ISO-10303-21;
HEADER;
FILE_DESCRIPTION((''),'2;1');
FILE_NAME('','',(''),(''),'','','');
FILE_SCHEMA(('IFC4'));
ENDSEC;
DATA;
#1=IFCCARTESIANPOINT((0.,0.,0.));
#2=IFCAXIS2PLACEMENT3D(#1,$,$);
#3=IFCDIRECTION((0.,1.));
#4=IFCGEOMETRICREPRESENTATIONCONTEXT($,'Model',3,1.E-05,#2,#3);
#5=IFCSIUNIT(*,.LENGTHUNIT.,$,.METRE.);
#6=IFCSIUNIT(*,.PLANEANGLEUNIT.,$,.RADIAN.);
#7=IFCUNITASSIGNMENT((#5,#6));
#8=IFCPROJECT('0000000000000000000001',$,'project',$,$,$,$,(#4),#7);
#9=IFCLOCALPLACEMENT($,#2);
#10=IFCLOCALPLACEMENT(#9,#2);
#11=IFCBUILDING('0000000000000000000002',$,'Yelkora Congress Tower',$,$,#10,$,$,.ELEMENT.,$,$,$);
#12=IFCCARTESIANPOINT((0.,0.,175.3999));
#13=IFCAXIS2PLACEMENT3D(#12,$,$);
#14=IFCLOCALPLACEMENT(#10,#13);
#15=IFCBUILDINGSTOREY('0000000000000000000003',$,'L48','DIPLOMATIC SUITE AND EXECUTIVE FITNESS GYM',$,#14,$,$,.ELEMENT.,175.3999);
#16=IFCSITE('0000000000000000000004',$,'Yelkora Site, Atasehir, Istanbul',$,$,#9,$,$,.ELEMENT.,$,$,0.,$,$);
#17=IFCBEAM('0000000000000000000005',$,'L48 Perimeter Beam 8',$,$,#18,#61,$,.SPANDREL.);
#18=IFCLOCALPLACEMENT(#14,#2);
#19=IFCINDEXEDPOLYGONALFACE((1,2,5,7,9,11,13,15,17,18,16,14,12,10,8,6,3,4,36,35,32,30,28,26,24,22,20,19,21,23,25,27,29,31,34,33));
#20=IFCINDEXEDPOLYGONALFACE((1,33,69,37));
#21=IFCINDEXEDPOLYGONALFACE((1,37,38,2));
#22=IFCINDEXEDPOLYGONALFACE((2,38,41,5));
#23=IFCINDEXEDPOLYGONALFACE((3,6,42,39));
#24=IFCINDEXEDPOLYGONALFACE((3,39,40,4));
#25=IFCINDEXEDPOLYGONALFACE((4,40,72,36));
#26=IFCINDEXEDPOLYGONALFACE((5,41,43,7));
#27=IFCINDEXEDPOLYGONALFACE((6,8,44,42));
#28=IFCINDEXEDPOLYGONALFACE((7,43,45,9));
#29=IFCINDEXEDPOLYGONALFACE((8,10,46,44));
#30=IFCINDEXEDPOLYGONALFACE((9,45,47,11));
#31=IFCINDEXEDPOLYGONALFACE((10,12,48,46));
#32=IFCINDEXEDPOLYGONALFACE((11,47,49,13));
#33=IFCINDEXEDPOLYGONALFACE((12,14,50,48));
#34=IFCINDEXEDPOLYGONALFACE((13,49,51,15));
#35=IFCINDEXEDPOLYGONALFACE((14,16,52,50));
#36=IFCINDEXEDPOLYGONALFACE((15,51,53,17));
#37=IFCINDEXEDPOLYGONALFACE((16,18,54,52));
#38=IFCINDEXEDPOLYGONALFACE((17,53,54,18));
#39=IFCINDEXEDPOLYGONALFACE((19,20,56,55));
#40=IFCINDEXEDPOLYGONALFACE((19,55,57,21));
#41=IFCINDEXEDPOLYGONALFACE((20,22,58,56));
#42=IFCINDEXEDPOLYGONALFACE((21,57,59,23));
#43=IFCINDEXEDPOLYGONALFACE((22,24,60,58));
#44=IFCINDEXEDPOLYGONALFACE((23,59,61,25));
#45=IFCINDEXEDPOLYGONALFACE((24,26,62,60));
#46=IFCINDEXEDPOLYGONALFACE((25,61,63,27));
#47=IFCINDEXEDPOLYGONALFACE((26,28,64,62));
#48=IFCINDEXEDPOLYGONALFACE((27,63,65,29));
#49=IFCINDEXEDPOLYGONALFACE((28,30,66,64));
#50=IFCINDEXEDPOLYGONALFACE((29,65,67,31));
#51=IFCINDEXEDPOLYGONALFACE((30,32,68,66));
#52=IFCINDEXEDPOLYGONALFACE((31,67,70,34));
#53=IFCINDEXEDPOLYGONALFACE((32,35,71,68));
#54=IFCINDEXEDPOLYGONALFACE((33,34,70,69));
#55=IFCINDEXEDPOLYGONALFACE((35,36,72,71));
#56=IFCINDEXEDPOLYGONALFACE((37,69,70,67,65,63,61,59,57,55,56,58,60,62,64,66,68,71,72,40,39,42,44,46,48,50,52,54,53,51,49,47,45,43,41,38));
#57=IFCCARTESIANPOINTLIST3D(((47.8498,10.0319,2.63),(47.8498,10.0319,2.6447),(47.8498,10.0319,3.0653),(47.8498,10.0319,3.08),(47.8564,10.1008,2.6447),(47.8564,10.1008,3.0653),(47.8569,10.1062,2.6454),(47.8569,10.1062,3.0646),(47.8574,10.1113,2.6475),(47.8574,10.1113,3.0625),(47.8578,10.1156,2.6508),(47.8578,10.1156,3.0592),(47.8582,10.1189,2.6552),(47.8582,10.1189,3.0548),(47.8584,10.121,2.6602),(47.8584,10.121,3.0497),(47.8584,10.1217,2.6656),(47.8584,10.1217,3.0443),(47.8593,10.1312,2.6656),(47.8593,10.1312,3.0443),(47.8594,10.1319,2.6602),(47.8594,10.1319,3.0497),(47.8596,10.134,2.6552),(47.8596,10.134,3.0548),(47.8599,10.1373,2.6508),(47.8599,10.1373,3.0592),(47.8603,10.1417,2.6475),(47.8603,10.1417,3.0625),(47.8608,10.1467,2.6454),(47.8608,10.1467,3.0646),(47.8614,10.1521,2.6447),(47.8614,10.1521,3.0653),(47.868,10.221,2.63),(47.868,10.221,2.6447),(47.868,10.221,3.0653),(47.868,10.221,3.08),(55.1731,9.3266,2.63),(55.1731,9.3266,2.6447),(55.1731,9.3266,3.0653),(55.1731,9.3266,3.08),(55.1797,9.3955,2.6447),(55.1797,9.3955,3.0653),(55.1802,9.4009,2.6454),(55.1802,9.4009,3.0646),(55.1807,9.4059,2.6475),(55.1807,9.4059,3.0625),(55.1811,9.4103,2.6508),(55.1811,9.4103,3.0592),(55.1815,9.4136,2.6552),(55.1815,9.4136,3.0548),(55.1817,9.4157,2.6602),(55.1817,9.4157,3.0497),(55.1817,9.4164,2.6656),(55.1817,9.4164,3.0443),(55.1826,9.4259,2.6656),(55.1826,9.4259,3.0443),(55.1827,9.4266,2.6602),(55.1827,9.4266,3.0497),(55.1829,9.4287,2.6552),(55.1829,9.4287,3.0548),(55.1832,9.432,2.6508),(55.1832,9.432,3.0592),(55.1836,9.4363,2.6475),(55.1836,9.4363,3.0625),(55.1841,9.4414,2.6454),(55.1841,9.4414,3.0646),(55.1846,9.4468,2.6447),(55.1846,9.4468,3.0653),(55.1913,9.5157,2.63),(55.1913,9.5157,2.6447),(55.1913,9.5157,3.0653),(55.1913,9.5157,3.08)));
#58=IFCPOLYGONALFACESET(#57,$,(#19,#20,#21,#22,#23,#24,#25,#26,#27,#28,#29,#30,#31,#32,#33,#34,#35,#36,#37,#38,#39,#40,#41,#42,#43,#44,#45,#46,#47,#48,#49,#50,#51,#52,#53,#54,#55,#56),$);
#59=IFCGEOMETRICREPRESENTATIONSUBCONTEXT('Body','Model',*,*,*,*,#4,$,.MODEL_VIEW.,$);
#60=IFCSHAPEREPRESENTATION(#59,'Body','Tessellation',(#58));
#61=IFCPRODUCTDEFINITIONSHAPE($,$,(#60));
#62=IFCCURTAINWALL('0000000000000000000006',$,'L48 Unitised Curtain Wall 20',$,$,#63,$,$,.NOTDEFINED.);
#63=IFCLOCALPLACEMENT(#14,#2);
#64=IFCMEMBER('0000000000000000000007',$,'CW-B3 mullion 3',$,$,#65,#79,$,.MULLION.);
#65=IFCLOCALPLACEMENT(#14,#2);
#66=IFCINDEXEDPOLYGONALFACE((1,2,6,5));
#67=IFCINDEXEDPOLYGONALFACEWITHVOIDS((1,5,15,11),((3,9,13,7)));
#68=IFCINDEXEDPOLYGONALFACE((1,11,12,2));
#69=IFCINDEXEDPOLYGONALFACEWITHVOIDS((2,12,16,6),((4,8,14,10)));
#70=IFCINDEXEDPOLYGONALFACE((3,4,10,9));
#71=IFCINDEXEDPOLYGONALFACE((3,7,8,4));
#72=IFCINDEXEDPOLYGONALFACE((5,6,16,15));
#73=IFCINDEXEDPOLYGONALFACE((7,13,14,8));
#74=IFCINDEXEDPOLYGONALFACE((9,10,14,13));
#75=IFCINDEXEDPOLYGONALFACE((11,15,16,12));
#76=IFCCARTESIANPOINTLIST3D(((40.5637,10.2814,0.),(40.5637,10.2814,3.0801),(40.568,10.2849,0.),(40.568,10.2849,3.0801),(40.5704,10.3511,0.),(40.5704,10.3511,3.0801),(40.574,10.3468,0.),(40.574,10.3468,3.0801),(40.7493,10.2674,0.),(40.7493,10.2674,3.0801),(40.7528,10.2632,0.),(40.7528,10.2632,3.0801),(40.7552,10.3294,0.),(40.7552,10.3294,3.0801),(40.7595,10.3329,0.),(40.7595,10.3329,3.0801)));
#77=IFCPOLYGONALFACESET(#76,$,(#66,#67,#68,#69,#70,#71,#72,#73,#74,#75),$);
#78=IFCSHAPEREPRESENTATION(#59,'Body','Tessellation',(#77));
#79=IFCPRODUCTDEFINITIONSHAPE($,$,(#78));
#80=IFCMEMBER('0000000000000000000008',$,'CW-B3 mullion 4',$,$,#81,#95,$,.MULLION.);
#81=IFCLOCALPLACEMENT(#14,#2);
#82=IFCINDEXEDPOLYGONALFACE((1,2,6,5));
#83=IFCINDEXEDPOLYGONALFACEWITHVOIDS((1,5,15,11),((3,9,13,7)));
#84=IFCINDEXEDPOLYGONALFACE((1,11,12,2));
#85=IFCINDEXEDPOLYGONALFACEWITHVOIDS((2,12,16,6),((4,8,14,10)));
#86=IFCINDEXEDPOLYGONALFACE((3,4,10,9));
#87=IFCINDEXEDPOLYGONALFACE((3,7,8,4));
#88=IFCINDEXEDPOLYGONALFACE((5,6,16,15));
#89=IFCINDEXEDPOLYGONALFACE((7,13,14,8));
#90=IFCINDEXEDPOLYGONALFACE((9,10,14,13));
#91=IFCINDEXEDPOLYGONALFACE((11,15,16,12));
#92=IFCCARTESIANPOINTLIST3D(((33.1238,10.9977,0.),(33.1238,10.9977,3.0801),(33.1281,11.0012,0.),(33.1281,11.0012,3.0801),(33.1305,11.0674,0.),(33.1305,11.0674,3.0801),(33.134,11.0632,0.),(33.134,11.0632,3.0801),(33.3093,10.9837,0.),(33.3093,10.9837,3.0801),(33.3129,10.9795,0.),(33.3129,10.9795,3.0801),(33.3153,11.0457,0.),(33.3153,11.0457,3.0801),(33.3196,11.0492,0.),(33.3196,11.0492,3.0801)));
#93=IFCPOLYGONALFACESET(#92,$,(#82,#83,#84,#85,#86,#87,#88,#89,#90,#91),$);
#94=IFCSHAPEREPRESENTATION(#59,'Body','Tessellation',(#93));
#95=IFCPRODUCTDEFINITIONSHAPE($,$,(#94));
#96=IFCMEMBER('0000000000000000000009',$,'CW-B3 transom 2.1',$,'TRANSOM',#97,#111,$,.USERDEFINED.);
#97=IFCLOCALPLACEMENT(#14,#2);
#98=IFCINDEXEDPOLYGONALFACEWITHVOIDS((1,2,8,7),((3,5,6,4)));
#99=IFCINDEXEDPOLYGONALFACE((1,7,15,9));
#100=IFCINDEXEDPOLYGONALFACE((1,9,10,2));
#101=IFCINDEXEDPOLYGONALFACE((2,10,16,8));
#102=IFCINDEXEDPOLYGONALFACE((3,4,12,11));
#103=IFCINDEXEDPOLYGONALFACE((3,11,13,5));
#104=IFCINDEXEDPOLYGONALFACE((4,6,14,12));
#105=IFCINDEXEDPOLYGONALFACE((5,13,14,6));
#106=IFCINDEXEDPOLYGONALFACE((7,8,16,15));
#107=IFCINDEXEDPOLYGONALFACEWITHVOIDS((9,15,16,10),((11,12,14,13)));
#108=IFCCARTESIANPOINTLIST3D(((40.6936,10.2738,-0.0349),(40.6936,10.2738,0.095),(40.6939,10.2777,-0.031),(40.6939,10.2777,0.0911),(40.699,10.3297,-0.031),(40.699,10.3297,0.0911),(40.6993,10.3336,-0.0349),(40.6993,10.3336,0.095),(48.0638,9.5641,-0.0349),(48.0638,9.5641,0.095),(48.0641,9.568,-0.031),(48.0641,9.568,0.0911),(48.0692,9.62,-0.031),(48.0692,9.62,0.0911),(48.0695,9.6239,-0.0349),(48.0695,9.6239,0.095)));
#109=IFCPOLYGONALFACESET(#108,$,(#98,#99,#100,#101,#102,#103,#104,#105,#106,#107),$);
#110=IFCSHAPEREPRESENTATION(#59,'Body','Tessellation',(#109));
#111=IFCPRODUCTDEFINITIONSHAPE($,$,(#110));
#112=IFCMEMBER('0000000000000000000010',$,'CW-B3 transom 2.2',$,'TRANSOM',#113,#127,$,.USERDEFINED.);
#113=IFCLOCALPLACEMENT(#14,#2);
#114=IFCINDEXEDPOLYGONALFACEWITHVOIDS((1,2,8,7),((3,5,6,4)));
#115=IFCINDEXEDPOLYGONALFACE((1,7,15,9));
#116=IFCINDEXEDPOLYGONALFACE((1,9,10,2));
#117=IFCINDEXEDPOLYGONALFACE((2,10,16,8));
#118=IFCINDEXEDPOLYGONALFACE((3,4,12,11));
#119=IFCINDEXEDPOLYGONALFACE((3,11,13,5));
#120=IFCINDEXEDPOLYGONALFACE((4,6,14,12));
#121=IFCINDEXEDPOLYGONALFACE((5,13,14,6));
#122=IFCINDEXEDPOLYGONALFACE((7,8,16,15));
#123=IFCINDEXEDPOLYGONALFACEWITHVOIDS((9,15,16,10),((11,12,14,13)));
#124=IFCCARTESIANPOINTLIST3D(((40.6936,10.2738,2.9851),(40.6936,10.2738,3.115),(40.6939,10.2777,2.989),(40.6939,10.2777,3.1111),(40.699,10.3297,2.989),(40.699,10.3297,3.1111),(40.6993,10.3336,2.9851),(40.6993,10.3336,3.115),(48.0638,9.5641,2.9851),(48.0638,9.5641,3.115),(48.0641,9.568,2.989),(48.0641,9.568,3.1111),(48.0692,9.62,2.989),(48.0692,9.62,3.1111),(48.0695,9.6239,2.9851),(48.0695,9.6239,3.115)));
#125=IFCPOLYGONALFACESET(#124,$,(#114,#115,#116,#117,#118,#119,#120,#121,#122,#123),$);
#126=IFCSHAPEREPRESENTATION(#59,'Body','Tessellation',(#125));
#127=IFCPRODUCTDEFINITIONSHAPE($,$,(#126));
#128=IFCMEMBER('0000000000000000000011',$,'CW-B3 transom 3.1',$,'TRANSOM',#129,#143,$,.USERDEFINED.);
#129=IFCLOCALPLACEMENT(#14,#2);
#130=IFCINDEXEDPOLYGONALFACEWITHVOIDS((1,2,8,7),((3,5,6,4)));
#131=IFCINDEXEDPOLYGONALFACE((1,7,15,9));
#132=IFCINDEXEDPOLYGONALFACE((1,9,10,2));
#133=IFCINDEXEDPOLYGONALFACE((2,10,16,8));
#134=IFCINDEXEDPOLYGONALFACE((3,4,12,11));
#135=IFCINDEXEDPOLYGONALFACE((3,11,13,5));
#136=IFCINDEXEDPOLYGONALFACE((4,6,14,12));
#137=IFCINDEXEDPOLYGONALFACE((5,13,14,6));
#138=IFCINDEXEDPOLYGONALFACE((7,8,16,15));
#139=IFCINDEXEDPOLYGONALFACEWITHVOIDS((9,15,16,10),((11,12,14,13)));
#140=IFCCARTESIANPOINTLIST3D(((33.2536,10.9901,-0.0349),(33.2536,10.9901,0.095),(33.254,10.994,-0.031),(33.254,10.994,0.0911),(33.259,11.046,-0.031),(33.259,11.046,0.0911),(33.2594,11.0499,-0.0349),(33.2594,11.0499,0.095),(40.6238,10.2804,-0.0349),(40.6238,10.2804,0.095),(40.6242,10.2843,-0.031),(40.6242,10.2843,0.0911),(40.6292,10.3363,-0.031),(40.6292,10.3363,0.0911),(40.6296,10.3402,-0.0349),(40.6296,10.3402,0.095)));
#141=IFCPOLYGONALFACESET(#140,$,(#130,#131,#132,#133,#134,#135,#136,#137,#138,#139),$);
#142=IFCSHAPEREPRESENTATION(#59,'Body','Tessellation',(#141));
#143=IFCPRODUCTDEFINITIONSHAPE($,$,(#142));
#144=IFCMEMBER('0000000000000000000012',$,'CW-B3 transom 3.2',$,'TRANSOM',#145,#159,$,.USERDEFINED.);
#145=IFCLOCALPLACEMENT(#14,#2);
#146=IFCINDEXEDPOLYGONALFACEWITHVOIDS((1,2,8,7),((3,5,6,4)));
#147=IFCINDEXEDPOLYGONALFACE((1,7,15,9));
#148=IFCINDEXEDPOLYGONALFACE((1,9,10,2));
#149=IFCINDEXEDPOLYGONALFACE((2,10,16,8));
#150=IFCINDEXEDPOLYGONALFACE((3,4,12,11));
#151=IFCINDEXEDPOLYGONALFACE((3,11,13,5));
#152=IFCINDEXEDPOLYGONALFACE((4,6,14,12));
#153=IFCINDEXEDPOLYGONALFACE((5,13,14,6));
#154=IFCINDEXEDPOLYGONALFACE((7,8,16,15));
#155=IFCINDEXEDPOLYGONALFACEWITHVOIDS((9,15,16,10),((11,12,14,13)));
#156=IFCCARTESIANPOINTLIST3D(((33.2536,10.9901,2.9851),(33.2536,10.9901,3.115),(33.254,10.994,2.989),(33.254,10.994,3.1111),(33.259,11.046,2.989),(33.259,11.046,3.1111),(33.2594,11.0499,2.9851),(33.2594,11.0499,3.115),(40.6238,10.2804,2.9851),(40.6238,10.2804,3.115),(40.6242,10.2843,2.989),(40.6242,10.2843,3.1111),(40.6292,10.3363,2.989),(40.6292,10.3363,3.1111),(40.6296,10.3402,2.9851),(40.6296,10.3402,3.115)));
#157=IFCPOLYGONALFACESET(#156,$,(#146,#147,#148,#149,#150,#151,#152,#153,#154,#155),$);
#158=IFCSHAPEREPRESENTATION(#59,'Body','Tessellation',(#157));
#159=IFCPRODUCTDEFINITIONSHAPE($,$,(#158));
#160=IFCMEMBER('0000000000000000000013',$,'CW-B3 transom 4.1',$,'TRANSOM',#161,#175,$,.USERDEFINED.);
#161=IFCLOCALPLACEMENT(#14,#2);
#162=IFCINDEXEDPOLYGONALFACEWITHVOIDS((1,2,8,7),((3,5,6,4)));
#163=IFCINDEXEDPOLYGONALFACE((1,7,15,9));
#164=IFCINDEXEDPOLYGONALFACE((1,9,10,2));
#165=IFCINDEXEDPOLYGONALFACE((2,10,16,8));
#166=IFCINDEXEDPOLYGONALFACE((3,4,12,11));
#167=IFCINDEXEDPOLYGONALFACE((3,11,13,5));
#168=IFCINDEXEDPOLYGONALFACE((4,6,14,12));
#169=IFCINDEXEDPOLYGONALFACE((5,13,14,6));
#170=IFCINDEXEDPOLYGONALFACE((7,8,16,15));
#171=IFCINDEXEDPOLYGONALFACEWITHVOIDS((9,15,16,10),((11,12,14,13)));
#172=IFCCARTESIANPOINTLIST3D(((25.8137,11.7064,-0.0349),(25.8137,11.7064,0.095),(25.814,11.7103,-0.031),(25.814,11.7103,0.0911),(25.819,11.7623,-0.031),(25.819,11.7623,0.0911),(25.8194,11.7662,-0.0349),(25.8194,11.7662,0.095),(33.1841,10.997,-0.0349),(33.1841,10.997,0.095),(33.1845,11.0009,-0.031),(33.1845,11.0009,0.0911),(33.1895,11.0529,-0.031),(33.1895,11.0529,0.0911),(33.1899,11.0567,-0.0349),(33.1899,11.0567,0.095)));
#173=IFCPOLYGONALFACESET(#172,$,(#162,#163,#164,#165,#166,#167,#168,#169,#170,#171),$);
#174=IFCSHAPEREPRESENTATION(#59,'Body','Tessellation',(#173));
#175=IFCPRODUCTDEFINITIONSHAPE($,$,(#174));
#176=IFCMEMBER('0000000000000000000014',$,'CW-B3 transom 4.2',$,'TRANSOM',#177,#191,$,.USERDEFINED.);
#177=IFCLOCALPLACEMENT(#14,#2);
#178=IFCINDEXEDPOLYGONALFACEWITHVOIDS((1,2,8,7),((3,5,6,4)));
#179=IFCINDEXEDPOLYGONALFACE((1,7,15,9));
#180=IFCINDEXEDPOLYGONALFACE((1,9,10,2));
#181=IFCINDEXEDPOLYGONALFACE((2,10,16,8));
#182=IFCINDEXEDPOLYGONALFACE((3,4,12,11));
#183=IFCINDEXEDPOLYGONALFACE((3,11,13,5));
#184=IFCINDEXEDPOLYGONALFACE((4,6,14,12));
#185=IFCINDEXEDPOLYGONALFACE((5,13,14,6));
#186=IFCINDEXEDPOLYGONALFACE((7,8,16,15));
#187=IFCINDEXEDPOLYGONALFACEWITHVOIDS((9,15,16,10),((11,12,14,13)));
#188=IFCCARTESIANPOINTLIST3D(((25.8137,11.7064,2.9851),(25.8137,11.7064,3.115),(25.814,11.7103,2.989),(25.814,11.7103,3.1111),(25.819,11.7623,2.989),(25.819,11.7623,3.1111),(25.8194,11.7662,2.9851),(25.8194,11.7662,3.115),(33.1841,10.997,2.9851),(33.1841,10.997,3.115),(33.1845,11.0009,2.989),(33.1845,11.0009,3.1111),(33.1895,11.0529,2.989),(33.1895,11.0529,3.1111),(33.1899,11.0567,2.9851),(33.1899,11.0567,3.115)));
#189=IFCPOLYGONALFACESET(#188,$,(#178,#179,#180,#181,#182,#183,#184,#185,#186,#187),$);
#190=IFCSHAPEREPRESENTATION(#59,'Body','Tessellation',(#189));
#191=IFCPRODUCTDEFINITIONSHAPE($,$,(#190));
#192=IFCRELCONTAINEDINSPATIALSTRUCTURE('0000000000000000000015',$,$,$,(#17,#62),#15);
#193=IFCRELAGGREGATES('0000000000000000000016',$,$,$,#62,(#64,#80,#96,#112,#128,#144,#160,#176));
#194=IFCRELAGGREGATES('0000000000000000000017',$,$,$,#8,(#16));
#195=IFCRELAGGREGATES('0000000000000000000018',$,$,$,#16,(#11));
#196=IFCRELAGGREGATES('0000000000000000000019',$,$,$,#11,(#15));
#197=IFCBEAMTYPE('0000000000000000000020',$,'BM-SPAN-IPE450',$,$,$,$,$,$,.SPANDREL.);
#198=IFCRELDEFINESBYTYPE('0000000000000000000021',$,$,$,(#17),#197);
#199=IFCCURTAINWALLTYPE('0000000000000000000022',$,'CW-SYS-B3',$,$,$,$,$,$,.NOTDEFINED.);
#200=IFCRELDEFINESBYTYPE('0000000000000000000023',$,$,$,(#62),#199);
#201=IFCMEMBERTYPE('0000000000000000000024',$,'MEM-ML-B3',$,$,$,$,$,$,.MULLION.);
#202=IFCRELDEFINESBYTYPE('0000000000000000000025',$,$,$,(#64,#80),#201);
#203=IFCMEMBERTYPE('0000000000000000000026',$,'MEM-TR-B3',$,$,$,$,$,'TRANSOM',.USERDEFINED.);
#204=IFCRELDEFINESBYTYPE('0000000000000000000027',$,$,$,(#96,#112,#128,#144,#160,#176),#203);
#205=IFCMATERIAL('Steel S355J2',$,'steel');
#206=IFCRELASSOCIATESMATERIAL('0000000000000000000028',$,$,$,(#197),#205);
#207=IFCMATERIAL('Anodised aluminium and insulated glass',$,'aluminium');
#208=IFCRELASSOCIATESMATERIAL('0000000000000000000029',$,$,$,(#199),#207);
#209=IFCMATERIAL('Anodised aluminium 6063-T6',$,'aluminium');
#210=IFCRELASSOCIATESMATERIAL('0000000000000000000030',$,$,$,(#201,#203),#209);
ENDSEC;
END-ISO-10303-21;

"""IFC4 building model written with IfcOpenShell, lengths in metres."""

from ifc_helpers import new_model, si_unit, direction, frame, origin, origin_2d, place, context, subcontext, project, spatial, hollow_rectangle, i_section, extrude, material, material_profile, profile_set, type_object, element, aggregate, save


model = new_model("IFC4")

# Units and contexts
model_context = context("Model", 3, precision=1e-05, world=origin(), true_north=direction((0.0, 1.0)))
body_context = subcontext(model_context, "Body", "Model", "MODEL_VIEW")
ifc_project = project(units=[si_unit("LENGTHUNIT", "METRE"), si_unit("PLANEANGLEUNIT", "RADIAN")], contexts=[model_context])

# Site, building, storey
site_placement = place(None, origin())
site = spatial("IfcSite", under=ifc_project, at=site_placement, Name="Yelkora Site, Atasehir, Istanbul", CompositionType="ELEMENT", RefElevation=0.0)
building_placement = place(site_placement, origin())
building = spatial("IfcBuilding", under=site, at=building_placement, Name="Yelkora Congress Tower", CompositionType="ELEMENT")
storey_placement = place(building_placement, frame((0.0, 0.0, 175.3999)))
storey = spatial("IfcBuildingStorey", under=building, at=storey_placement, Name="L48", Description="DIPLOMATIC SUITE AND EXECUTIVE FITNESS GYM", CompositionType="ELEMENT", Elevation=175.3999)

# Beam
ifc_material_1 = material(Name="Steel S355J2", Category="steel")
ifc_material_profile_1 = material_profile(ifc_material_1, i_section(OverallWidth=0.1899, OverallDepth=0.45, WebThickness=0.0095, FlangeThickness=0.0146, FilletRadius=0.021, at=origin_2d()), Name="IPE 450")
ifc_profile_set_1 = profile_set([ifc_material_profile_1], Name="Steel S355J2")
beam_type_1 = type_object("IfcBeamType", Name="BM-SPAN-IPE450", PredefinedType="SPANDREL", material=ifc_profile_set_1)
for number, where, z_axis, x_axis, name in (
    (1, (47.8589, 10.1265, 2.855), (0.995394, -0.095869, 0.0), (0.095869, 0.995394, 0.0), "L48 Perimeter Beam 8"),
):
    element("IfcBeam", number, at=place(storey_placement, frame(where, z_axis=z_axis, x_axis=x_axis)), inside=storey, type_object=beam_type_1, Name=name, PredefinedType="SPANDREL", context=body_context, shape_type="SweptSolid", body=[
        extrude(i_section(OverallWidth=0.1899, OverallDepth=0.45, WebThickness=0.0095, FlangeThickness=0.0146, FilletRadius=0.021, at=origin_2d()), origin(), (0.0, 0.0, 1.0), 7.3572),
    ])

# Curtain wall, members
ifc_material_2 = material(Name="Anodised aluminium and insulated glass", Category="aluminium")
curtain_wall_type = type_object("IfcCurtainWallType", Name="CW-SYS-B3", PredefinedType="NOTDEFINED", material=ifc_material_2)
curtain_wall_placement = place(storey_placement, origin())
curtain_wall = element("IfcCurtainWall", 2, at=curtain_wall_placement, inside=storey, type_object=curtain_wall_type, Name="L48 Unitised Curtain Wall 20", PredefinedType="NOTDEFINED")
ifc_material_3 = material(Name="Anodised aluminium 6063-T6", Category="aluminium")
ifc_material_profile_2 = material_profile(ifc_material_3, hollow_rectangle(XDim=0.0701, YDim=0.1899, WallThickness=0.0039, at=origin_2d()), Name="ALU 70x190x4")
ifc_profile_set_2 = profile_set([ifc_material_profile_2], Name="Anodised aluminium 6063-T6")
member_type_1 = type_object("IfcMemberType", Name="MEM-ML-B3", PredefinedType="MULLION", material=ifc_profile_set_2)
member_1_placement = place(storey_placement, frame((40.6616, 10.3071, 0.0), z_axis=(0.0, 0.0, 1.0), x_axis=(-0.095845, -0.995396, 0.0)))
member_1 = element("IfcMember", 3, at=member_1_placement, type_object=member_type_1, Name="CW-B3 mullion 3", PredefinedType="MULLION", context=body_context, shape_type="SweptSolid", body=[
    extrude(hollow_rectangle(XDim=0.0701, YDim=0.1899, WallThickness=0.0039, at=origin_2d()), origin(), (0.0, 0.0, 1.0), 3.0801),
])
member_2_placement = place(storey_placement, frame((33.2217, 11.0234, 0.0), z_axis=(0.0, 0.0, 1.0), x_axis=(-0.095845, -0.995396, 0.0)))
member_2 = element("IfcMember", 4, at=member_2_placement, type_object=member_type_1, Name="CW-B3 mullion 4", PredefinedType="MULLION", context=body_context, shape_type="SweptSolid", body=[
    extrude(hollow_rectangle(XDim=0.0701, YDim=0.1899, WallThickness=0.0039, at=origin_2d()), origin(), (0.0, 0.0, 1.0), 3.0801),
])
ifc_material_profile_3 = material_profile(ifc_material_3, hollow_rectangle(XDim=0.0601, YDim=0.1299, WallThickness=0.0039, at=origin_2d()), Name="ALU 60x130x4")
ifc_profile_set_3 = profile_set([ifc_material_profile_3], Name="Anodised aluminium 6063-T6")
member_type_2 = type_object("IfcMemberType", Name="MEM-TR-B3", ElementType="TRANSOM", PredefinedType="USERDEFINED", material=ifc_profile_set_3)
member_3_placement = place(storey_placement, frame((48.0667, 9.594, 0.03), z_axis=(-0.995395, 0.095853, 0.0), x_axis=(-0.095853, -0.995395, 0.0)))
member_3 = element("IfcMember", 5, at=member_3_placement, type_object=member_type_2, Name="CW-B3 transom 2.1", ObjectType="TRANSOM", PredefinedType="USERDEFINED", context=body_context, shape_type="SweptSolid", body=[
    extrude(hollow_rectangle(XDim=0.0601, YDim=0.1299, WallThickness=0.0039, at=origin_2d()), origin(), (0.0, 0.0, 1.0), 7.4043),
])
member_4_placement = place(storey_placement, frame((48.0667, 9.594, 3.05), z_axis=(-0.995395, 0.095853, 0.0), x_axis=(-0.095853, -0.995395, 0.0)))
member_4 = element("IfcMember", 6, at=member_4_placement, type_object=member_type_2, Name="CW-B3 transom 2.2", ObjectType="TRANSOM", PredefinedType="USERDEFINED", context=body_context, shape_type="SweptSolid", body=[
    extrude(hollow_rectangle(XDim=0.0601, YDim=0.1299, WallThickness=0.0039, at=origin_2d()), origin(), (0.0, 0.0, 1.0), 7.4043),
])
member_5_placement = place(storey_placement, frame((40.6267, 10.3103, 0.03), z_axis=(-0.995395, 0.095853, 0.0), x_axis=(-0.095853, -0.995395, 0.0)))
member_5 = element("IfcMember", 7, at=member_5_placement, type_object=member_type_2, Name="CW-B3 transom 3.1", ObjectType="TRANSOM", PredefinedType="USERDEFINED", context=body_context, shape_type="SweptSolid", body=[
    extrude(hollow_rectangle(XDim=0.0601, YDim=0.1299, WallThickness=0.0039, at=origin_2d()), origin(), (0.0, 0.0, 1.0), 7.4043),
])
member_6_placement = place(storey_placement, frame((40.6267, 10.3103, 3.05), z_axis=(-0.995395, 0.095853, 0.0), x_axis=(-0.095853, -0.995395, 0.0)))
member_6 = element("IfcMember", 8, at=member_6_placement, type_object=member_type_2, Name="CW-B3 transom 3.2", ObjectType="TRANSOM", PredefinedType="USERDEFINED", context=body_context, shape_type="SweptSolid", body=[
    extrude(hollow_rectangle(XDim=0.0601, YDim=0.1299, WallThickness=0.0039, at=origin_2d()), origin(), (0.0, 0.0, 1.0), 7.4043),
])
member_7_placement = place(storey_placement, frame((33.187, 11.0269, 0.03), z_axis=(-0.995399, 0.095817, 0.0), x_axis=(-0.095817, -0.995399, 0.0)))
member_7 = element("IfcMember", 9, at=member_7_placement, type_object=member_type_2, Name="CW-B3 transom 4.1", ObjectType="TRANSOM", PredefinedType="USERDEFINED", context=body_context, shape_type="SweptSolid", body=[
    extrude(hollow_rectangle(XDim=0.0601, YDim=0.1299, WallThickness=0.0039, at=origin_2d()), origin(), (0.0, 0.0, 1.0), 7.4045),
])
member_8_placement = place(storey_placement, frame((33.187, 11.0269, 3.05), z_axis=(-0.995399, 0.095817, 0.0), x_axis=(-0.095817, -0.995399, 0.0)))
member_8 = element("IfcMember", 10, at=member_8_placement, type_object=member_type_2, Name="CW-B3 transom 4.2", ObjectType="TRANSOM", PredefinedType="USERDEFINED", context=body_context, shape_type="SweptSolid", body=[
    extrude(hollow_rectangle(XDim=0.0601, YDim=0.1299, WallThickness=0.0039, at=origin_2d()), origin(), (0.0, 0.0, 1.0), 7.4045),
])
aggregate(curtain_wall, [member_1, member_2, member_3, member_4, member_5, member_6, member_7, member_8])

save(model, "model.ifc")
